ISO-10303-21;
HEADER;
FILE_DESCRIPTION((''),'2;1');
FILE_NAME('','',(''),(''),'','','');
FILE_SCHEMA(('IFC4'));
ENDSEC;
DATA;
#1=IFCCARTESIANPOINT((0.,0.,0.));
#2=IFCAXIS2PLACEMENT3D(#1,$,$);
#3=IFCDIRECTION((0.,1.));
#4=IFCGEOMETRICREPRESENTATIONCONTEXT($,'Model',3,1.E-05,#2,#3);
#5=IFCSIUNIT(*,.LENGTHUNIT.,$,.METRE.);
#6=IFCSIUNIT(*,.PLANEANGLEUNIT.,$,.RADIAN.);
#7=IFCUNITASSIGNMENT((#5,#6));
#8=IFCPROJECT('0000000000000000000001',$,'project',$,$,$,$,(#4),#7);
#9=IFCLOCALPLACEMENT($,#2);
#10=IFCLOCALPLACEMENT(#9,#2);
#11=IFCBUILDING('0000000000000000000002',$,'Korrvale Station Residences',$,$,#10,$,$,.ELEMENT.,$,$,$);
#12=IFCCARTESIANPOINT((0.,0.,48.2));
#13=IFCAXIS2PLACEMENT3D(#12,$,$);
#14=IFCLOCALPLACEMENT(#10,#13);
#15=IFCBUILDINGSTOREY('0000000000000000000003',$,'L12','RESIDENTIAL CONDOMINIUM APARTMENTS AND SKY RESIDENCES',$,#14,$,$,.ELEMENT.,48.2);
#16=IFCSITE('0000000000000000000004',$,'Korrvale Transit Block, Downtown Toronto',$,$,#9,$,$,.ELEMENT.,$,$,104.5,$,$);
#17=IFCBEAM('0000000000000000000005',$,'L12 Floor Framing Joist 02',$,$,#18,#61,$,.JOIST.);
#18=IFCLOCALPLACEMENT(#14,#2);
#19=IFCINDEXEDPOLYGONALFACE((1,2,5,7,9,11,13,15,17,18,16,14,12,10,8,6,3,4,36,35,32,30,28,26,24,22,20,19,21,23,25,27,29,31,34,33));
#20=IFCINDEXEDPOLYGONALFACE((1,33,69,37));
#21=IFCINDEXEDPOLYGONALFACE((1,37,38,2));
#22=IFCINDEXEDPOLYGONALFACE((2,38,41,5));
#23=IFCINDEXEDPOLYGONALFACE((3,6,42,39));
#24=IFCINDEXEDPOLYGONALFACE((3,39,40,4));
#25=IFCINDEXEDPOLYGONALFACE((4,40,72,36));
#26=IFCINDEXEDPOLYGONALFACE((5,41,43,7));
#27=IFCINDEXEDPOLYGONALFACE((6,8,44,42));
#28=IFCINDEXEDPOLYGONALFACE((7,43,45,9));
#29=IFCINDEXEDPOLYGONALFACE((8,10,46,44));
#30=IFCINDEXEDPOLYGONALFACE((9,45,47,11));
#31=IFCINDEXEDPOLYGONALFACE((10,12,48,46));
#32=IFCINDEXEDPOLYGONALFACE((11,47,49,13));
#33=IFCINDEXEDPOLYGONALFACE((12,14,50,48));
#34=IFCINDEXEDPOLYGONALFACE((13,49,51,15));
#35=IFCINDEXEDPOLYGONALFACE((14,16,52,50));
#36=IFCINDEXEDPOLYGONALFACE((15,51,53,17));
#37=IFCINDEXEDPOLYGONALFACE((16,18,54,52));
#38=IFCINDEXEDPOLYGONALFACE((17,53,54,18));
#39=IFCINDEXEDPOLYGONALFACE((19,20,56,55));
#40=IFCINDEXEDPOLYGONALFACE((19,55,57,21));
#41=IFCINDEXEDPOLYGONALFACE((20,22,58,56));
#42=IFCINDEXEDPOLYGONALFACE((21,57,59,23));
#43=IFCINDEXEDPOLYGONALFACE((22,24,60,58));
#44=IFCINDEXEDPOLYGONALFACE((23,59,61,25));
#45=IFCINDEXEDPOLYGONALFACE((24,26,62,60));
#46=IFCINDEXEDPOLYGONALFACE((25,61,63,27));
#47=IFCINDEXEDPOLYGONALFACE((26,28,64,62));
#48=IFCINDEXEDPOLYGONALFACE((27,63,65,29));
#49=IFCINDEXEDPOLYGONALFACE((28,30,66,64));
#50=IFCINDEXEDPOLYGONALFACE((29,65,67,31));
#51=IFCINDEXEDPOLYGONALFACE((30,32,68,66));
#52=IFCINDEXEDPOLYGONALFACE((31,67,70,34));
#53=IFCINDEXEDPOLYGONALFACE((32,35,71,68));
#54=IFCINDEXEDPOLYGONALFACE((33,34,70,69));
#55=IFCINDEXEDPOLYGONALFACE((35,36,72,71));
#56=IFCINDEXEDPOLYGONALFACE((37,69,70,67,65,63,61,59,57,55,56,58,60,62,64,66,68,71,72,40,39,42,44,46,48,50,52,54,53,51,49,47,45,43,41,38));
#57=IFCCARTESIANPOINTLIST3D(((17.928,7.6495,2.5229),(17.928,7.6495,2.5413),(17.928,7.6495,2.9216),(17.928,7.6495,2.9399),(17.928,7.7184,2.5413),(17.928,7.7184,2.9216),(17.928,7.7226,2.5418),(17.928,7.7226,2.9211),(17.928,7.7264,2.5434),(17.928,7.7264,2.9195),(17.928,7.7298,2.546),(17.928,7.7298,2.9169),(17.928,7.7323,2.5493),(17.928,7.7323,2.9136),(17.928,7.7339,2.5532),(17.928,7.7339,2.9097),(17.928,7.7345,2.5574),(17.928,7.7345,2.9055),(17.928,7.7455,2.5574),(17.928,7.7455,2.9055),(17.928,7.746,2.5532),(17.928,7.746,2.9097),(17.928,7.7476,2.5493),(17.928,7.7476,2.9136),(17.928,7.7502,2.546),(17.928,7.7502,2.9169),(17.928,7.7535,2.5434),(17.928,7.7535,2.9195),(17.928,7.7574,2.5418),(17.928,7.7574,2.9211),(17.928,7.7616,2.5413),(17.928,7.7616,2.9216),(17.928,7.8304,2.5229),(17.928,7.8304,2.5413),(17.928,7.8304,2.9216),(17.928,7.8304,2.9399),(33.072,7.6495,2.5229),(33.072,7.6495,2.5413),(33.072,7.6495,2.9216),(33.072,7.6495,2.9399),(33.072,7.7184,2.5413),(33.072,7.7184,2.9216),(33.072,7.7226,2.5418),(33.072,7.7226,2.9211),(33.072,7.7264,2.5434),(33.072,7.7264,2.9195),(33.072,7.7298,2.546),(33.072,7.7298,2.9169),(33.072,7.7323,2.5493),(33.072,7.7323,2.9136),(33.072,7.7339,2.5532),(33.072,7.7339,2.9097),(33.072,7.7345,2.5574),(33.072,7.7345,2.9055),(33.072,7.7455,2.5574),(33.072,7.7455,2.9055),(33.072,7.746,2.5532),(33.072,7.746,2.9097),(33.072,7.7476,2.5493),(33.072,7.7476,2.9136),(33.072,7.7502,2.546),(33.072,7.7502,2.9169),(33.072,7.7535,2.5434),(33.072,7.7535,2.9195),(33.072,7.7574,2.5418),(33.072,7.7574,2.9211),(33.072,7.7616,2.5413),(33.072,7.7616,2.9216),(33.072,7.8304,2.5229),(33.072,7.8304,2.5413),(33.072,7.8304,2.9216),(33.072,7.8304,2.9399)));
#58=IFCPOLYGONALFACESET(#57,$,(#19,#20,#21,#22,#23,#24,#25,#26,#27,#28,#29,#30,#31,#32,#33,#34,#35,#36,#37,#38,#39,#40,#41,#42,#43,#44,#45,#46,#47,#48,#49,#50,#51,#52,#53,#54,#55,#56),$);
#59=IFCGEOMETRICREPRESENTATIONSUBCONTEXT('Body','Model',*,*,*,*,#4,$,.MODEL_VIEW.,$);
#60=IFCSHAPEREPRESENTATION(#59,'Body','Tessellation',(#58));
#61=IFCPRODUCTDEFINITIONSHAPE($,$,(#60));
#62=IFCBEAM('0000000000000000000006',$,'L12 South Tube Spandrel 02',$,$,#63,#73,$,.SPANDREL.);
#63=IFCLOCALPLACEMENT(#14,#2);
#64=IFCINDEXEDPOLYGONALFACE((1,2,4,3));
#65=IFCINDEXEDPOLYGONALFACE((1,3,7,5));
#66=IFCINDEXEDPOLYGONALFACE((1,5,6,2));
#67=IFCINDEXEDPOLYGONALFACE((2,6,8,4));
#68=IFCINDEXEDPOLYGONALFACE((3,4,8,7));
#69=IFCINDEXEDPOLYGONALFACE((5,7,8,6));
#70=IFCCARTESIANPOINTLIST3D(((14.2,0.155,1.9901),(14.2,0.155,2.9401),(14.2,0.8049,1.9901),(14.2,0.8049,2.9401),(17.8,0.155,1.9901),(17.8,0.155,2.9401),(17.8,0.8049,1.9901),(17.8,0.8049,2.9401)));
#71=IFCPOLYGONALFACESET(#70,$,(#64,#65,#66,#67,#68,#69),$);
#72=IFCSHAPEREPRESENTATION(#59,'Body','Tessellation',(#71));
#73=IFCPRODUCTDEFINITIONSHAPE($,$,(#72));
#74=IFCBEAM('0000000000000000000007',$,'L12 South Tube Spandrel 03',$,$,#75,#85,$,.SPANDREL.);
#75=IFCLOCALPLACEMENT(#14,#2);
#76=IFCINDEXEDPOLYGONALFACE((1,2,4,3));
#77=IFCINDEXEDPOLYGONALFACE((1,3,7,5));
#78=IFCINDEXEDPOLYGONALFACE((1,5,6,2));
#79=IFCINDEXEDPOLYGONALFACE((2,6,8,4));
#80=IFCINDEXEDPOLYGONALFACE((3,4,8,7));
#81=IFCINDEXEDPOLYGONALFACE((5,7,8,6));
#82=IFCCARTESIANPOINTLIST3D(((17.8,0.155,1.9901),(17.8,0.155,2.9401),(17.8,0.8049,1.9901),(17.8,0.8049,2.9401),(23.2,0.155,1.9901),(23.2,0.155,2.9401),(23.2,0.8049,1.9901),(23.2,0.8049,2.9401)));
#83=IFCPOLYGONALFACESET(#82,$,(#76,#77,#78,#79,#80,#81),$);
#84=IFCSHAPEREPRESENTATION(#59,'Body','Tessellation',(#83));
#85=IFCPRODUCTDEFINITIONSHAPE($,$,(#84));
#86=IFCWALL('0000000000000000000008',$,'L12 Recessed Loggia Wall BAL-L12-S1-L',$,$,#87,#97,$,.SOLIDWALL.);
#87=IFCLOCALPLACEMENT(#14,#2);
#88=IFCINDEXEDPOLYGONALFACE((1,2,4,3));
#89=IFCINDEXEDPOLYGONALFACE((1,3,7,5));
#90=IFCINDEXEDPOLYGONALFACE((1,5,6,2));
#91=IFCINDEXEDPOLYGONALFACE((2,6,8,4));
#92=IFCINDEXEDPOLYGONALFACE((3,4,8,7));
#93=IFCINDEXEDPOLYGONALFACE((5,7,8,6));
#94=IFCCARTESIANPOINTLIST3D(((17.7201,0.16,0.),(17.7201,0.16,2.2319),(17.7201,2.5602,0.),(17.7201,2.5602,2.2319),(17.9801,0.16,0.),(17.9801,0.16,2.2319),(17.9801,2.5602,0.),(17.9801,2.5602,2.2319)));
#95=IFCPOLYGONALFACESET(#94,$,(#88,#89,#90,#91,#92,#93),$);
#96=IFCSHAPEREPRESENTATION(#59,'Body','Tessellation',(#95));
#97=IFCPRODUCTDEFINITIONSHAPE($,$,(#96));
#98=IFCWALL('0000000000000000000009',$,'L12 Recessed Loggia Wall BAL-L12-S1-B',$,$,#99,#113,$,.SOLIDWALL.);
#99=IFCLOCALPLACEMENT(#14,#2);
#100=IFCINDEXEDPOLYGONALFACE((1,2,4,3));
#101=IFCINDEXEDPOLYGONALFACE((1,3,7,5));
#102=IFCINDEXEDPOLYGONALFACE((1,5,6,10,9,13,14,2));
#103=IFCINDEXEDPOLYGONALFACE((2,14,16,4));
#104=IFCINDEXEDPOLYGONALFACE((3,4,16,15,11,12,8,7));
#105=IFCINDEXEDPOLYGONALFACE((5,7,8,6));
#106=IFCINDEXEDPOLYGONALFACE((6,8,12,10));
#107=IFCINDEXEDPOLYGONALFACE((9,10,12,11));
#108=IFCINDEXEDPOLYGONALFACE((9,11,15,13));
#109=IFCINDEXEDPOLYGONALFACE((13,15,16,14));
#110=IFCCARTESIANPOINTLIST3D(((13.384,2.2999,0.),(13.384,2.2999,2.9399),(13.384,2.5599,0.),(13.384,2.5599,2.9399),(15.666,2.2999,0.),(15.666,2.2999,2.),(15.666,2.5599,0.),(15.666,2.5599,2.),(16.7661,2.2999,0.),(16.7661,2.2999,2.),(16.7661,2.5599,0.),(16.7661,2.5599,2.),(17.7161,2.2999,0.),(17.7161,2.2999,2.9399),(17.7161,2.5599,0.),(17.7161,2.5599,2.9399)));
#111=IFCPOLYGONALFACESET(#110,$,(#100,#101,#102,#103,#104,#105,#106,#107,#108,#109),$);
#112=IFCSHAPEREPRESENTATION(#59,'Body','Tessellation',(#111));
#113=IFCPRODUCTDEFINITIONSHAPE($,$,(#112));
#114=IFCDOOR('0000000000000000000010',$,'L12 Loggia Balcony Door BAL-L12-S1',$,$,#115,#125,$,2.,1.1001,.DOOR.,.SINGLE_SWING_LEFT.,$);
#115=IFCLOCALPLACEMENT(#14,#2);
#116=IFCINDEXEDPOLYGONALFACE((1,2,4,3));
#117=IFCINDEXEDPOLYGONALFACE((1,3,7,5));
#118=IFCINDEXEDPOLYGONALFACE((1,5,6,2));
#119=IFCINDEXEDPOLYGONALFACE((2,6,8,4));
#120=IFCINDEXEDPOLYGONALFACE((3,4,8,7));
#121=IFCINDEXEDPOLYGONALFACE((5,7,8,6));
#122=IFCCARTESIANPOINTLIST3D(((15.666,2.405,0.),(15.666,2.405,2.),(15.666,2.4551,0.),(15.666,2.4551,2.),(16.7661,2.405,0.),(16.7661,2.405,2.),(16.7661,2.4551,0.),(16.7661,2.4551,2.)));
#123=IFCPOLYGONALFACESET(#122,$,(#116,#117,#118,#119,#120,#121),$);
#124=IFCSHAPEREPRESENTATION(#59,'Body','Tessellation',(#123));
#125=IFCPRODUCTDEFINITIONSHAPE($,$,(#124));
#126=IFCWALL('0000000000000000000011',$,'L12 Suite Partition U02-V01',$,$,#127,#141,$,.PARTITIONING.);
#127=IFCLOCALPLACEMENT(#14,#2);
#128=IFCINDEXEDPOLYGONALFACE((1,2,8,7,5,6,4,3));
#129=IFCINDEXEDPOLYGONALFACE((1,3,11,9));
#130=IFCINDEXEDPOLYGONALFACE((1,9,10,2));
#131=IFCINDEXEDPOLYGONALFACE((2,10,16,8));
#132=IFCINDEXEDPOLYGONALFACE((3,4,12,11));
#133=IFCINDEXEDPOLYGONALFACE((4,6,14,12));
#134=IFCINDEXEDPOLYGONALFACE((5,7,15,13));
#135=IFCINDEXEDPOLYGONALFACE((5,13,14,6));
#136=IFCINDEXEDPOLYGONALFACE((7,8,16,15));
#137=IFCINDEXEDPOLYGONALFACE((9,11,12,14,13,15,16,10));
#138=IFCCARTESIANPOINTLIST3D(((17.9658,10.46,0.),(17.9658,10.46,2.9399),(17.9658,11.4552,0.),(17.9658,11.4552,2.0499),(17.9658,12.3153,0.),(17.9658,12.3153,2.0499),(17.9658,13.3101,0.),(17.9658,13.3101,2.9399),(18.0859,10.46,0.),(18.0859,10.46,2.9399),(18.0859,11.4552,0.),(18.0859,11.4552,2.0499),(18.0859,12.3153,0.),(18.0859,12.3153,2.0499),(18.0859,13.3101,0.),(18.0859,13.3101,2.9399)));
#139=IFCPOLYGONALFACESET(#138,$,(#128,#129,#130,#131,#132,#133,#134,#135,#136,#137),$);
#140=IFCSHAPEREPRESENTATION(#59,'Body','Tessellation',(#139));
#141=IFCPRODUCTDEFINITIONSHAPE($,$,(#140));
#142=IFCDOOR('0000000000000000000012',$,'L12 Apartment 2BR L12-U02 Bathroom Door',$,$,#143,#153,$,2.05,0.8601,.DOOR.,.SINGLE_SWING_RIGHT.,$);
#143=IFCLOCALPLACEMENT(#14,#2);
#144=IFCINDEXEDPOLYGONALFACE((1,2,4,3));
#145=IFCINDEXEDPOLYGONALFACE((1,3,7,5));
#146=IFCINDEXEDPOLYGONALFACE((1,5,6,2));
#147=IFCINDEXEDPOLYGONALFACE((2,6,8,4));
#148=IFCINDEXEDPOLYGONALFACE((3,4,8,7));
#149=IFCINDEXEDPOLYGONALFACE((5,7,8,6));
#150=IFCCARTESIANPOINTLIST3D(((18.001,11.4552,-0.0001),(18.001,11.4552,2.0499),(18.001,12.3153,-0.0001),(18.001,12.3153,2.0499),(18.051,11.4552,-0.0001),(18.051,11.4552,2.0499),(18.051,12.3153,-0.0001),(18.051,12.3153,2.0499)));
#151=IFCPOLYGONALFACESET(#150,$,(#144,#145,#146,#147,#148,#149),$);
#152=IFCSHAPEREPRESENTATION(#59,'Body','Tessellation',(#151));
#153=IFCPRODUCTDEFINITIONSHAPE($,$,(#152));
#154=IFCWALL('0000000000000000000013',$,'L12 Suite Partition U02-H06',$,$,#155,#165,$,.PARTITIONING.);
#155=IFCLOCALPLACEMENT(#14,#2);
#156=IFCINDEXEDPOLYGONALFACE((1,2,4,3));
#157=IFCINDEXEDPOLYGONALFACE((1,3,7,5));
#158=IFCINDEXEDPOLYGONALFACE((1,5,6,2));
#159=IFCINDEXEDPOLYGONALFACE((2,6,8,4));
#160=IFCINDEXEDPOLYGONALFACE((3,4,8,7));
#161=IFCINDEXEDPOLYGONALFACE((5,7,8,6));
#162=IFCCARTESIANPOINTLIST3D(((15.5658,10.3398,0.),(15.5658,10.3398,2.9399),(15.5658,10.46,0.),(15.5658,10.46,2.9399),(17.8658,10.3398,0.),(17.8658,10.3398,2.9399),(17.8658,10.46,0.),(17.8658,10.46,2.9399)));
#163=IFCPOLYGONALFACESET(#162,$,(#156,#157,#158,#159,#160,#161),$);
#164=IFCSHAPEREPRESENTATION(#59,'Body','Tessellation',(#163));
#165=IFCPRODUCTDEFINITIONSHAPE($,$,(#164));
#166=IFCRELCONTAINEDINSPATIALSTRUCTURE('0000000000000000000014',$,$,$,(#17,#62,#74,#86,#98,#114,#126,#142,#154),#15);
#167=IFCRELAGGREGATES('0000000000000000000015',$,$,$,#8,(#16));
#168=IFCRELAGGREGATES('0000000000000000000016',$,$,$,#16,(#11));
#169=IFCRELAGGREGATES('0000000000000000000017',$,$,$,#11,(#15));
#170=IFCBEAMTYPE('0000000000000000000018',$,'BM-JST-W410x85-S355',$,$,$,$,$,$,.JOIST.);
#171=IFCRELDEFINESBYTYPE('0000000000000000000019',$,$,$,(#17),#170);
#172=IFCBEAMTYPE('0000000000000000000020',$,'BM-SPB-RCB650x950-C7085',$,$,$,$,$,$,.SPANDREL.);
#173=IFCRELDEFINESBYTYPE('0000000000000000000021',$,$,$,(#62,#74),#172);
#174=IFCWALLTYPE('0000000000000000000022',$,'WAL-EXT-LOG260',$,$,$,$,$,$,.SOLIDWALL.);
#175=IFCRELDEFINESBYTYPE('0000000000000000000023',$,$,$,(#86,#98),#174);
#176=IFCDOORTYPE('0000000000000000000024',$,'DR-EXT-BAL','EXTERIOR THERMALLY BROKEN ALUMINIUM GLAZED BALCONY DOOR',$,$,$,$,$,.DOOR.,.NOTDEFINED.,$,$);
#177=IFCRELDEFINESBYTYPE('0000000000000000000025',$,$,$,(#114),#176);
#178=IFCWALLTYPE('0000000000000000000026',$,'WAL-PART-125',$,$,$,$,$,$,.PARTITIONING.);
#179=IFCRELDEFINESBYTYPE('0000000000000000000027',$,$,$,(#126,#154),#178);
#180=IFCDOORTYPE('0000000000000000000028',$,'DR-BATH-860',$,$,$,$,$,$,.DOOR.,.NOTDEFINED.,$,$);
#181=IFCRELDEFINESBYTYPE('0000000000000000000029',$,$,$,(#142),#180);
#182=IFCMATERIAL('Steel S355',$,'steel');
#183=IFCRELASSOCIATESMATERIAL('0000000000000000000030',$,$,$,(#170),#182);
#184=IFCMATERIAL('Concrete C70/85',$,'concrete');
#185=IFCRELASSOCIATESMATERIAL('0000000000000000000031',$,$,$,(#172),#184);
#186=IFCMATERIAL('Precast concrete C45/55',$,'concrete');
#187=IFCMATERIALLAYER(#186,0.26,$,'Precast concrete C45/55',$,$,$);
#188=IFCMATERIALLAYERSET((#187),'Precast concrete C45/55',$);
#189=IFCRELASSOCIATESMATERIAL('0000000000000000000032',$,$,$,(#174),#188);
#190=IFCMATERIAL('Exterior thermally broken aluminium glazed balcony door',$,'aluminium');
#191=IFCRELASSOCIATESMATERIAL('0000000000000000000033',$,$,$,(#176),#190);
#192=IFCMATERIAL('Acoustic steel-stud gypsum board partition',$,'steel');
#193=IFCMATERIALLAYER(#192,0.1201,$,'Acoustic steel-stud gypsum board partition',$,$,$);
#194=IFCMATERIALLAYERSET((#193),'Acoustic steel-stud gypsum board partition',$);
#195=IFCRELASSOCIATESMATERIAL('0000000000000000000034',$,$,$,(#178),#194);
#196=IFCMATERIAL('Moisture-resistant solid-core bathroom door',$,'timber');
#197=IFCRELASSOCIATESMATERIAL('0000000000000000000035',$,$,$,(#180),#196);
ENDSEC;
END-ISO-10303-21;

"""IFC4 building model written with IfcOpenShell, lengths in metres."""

from ifc_helpers import new_model, si_unit, direction, frame, frame_2d, origin, origin_2d, place, context, subcontext, project, spatial, rectangle, i_section, extrude, material, layer, layer_set, material_profile, profile_set, type_object, element, fill, save


model = new_model("IFC4")

# Units and contexts
model_context = context("Model", 3, precision=1e-05, world=origin(), true_north=direction((0.0, 1.0)))
body_context = subcontext(model_context, "Body", "Model", "MODEL_VIEW")
ifc_project = project(units=[si_unit("LENGTHUNIT", "METRE"), si_unit("PLANEANGLEUNIT", "RADIAN")], contexts=[model_context])

# Site, building, storey
site_placement = place(None, origin())
site = spatial("IfcSite", under=ifc_project, at=site_placement, Name="Korrvale Transit Block, Downtown Toronto", CompositionType="ELEMENT", RefElevation=104.5)
building_placement = place(site_placement, origin())
building = spatial("IfcBuilding", under=site, at=building_placement, Name="Korrvale Station Residences", CompositionType="ELEMENT")
storey_placement = place(building_placement, frame((0.0, 0.0, 48.2)))
storey = spatial("IfcBuildingStorey", under=building, at=storey_placement, Name="L12", Description="RESIDENTIAL CONDOMINIUM APARTMENTS AND SKY RESIDENCES", CompositionType="ELEMENT", Elevation=48.2)

# Shared definitions
ifc_material_1 = material(Name="Concrete C70/85", Category="concrete")

# Beams
ifc_material_2 = material(Name="Steel S355", Category="steel")
ifc_material_profile_1 = material_profile(ifc_material_2, i_section(OverallWidth=0.1809, OverallDepth=0.417, WebThickness=0.011, FlangeThickness=0.0183, FilletRadius=0.0161, at=origin_2d()), Name="W410x85")
ifc_profile_set_1 = profile_set([ifc_material_profile_1], Name="Steel S355")
beam_type_1 = type_object("IfcBeamType", Name="BM-JST-W410x85-S355", PredefinedType="JOIST", material=ifc_profile_set_1)
beam_1_placement = place(storey_placement, frame((17.928, 7.74, 2.7314), z_axis=(1.0, 0.0, 0.0), x_axis=(0.0, 1.0, 0.0)))
element("IfcBeam", 1, at=beam_1_placement, inside=storey, type_object=beam_type_1, Name="L12 Floor Framing Joist 02", PredefinedType="JOIST", context=body_context, shape_type="SweptSolid", body=[
    extrude(i_section(OverallWidth=0.1809, OverallDepth=0.417, WebThickness=0.011, FlangeThickness=0.0183, FilletRadius=0.0161, at=origin_2d()), origin(), (0.0, 0.0, 1.0), 15.144),
])
ifc_material_profile_2 = material_profile(ifc_material_1, rectangle(XDim=0.6499, YDim=0.95, at=origin_2d()), Name="RCB650x950")
ifc_profile_set_2 = profile_set([ifc_material_profile_2], Name="Concrete C70/85")
beam_type_2 = type_object("IfcBeamType", Name="BM-SPB-RCB650x950-C7085", PredefinedType="SPANDREL", material=ifc_profile_set_2)
beam_2_placement = place(storey_placement, frame((14.2, 0.48, 2.4651), z_axis=(1.0, 0.0, 0.0), x_axis=(0.0, 1.0, 0.0)))
element("IfcBeam", 2, at=beam_2_placement, inside=storey, type_object=beam_type_2, Name="L12 South Tube Spandrel 02", PredefinedType="SPANDREL", context=body_context, shape_type="SweptSolid", body=[
    extrude(rectangle(XDim=0.6499, YDim=0.95, at=origin_2d()), origin(), (0.0, 0.0, 1.0), 3.6001),
])
beam_3_placement = place(storey_placement, frame((17.8, 0.48, 2.4651), z_axis=(1.0, 0.0, 0.0), x_axis=(0.0, 1.0, 0.0)))
element("IfcBeam", 3, at=beam_3_placement, inside=storey, type_object=beam_type_2, Name="L12 South Tube Spandrel 03", PredefinedType="SPANDREL", context=body_context, shape_type="SweptSolid", body=[
    extrude(rectangle(XDim=0.6499, YDim=0.95, at=origin_2d()), origin(), (0.0, 0.0, 1.0), 5.3999),
])

# Wall
ifc_material_3 = material(Name="Precast concrete C45/55", Category="concrete")
ifc_layer_1 = layer(ifc_material_3, 0.26, Name="Precast concrete C45/55")
ifc_layer_set_1 = layer_set([ifc_layer_1], Name="Precast concrete C45/55")
wall_type_1 = type_object("IfcWallType", Name="WAL-EXT-LOG260", PredefinedType="SOLIDWALL", material=ifc_layer_set_1)
wall_1_placement = place(storey_placement, frame((17.8501, 0.1599, 0.0), z_axis=(0.0, 0.0, 1.0), x_axis=(0.0, 1.0, 0.0)))
element("IfcWall", 4, at=wall_1_placement, inside=storey, type_object=wall_type_1, Name="L12 Recessed Loggia Wall BAL-L12-S1-L", PredefinedType="SOLIDWALL", context=body_context, shape_type="SweptSolid", body=[
    extrude(rectangle(XDim=2.4001, YDim=0.26, at=frame_2d((1.2002, 0.0))), origin(), (0.0, 0.0, 1.0), 2.2319),
])

# Walls, openings, doors
wall_2_placement = place(storey_placement, frame((17.7161, 2.4299, 0.0), z_axis=(0.0, 0.0, 1.0), x_axis=(-1.0, 0.0, 0.0)))
wall_2 = element("IfcWall", 5, at=wall_2_placement, inside=storey, type_object=wall_type_1, Name="L12 Recessed Loggia Wall BAL-L12-S1-B", PredefinedType="SOLIDWALL", context=body_context, shape_type="SweptSolid", body=[
    extrude(rectangle(XDim=4.332, YDim=0.26, at=frame_2d((2.166, 0.0))), origin(), (0.0, 0.0, 1.0), 2.9399),
])
opening_1_placement = place(wall_2_placement, frame((0.95, 0.0, 0.0)))
opening_1 = element("IfcOpeningElement", 6, at=opening_1_placement, cuts=wall_2, PredefinedType="OPENING", context=body_context, shape_type="SweptSolid", body=[
    extrude(rectangle(XDim=1.1001, YDim=2.0, at=frame_2d((0.55, 1.0))), frame((0.0, 0.1401, 0.0), z_axis=(0.0, -1.0, 0.0), x_axis=(1.0, 0.0, 0.0)), (0.0, 0.0, 1.0), 0.28),
])
ifc_material_4 = material(Name="Exterior thermally broken aluminium glazed balcony door", Category="aluminium")
door_type_1 = type_object("IfcDoorType", Name="DR-EXT-BAL", Description="EXTERIOR THERMALLY BROKEN ALUMINIUM GLAZED BALCONY DOOR", OperationType="NOTDEFINED", PredefinedType="DOOR", material=ifc_material_4)
door_1_placement = place(opening_1_placement, origin())
door_1 = element("IfcDoor", 7, at=door_1_placement, inside=storey, type_object=door_type_1, Name="L12 Loggia Balcony Door BAL-L12-S1", OperationType="SINGLE_SWING_LEFT", OverallHeight=2.0, OverallWidth=1.1001, PredefinedType="DOOR", context=body_context, shape_type="SweptSolid", body=[
    extrude(rectangle(XDim=1.1001, YDim=2.0, at=frame_2d((0.55, 1.0))), frame((0.0, 0.0249, 0.0), z_axis=(0.0, -1.0, 0.0), x_axis=(1.0, 0.0, 0.0)), (0.0, 0.0, 1.0), 0.05),
])
fill(opening_1, door_1)
ifc_material_5 = material(Name="Acoustic steel-stud gypsum board partition", Category="steel")
ifc_layer_2 = layer(ifc_material_5, 0.1201, Name="Acoustic steel-stud gypsum board partition")
ifc_layer_set_2 = layer_set([ifc_layer_2], Name="Acoustic steel-stud gypsum board partition")
wall_type_2 = type_object("IfcWallType", Name="WAL-PART-125", PredefinedType="PARTITIONING", material=ifc_layer_set_2)
wall_3_placement = place(storey_placement, frame((18.0259, 10.46, 0.0), z_axis=(0.0, 0.0, 1.0), x_axis=(0.0, 1.0, 0.0)))
wall_3 = element("IfcWall", 8, at=wall_3_placement, inside=storey, type_object=wall_type_2, Name="L12 Suite Partition U02-V01", PredefinedType="PARTITIONING", context=body_context, shape_type="SweptSolid", body=[
    extrude(rectangle(XDim=2.8501, YDim=0.1201, at=frame_2d((1.425, 0.0))), origin(), (0.0, 0.0, 1.0), 2.9399),
])
opening_2_placement = place(wall_3_placement, frame((0.9951, 0.0, 0.0)))
opening_2 = element("IfcOpeningElement", 9, at=opening_2_placement, cuts=wall_3, PredefinedType="OPENING", context=body_context, shape_type="SweptSolid", body=[
    extrude(rectangle(XDim=0.8601, YDim=2.05, at=frame_2d((0.4302, 1.0249))), frame((0.0, 0.0701, 0.0), z_axis=(0.0, -1.0, 0.0), x_axis=(1.0, 0.0, 0.0)), (0.0, 0.0, 1.0), 0.1401),
])
ifc_material_6 = material(Name="Moisture-resistant solid-core bathroom door", Category="timber")
door_type_2 = type_object("IfcDoorType", Name="DR-BATH-860", OperationType="NOTDEFINED", PredefinedType="DOOR", material=ifc_material_6)
door_2_placement = place(opening_2_placement, origin())
door_2 = element("IfcDoor", 10, at=door_2_placement, inside=storey, type_object=door_type_2, Name="L12 Apartment 2BR L12-U02 Bathroom Door", OperationType="SINGLE_SWING_RIGHT", OverallHeight=2.05, OverallWidth=0.8601, PredefinedType="DOOR", context=body_context, shape_type="SweptSolid", body=[
    extrude(rectangle(XDim=0.8601, YDim=2.05, at=frame_2d((0.4302, 1.0249))), frame((0.0, 0.0249, 0.0), z_axis=(0.0, -1.0, 0.0), x_axis=(1.0, 0.0, 0.0)), (0.0, 0.0, 1.0), 0.05),
])
fill(opening_2, door_2)

# Wall
wall_4_placement = place(storey_placement, frame((15.5659, 10.3999, 0.0), z_axis=(0.0, 0.0, 1.0), x_axis=(1.0, 0.0, 0.0)))
element("IfcWall", 11, at=wall_4_placement, inside=storey, type_object=wall_type_2, Name="L12 Suite Partition U02-H06", PredefinedType="PARTITIONING", context=body_context, shape_type="SweptSolid", body=[
    extrude(rectangle(XDim=2.3, YDim=0.1201, at=frame_2d((1.1499, 0.0))), origin(), (0.0, 0.0, 1.0), 2.9399),
])

save(model, "model.ifc")
